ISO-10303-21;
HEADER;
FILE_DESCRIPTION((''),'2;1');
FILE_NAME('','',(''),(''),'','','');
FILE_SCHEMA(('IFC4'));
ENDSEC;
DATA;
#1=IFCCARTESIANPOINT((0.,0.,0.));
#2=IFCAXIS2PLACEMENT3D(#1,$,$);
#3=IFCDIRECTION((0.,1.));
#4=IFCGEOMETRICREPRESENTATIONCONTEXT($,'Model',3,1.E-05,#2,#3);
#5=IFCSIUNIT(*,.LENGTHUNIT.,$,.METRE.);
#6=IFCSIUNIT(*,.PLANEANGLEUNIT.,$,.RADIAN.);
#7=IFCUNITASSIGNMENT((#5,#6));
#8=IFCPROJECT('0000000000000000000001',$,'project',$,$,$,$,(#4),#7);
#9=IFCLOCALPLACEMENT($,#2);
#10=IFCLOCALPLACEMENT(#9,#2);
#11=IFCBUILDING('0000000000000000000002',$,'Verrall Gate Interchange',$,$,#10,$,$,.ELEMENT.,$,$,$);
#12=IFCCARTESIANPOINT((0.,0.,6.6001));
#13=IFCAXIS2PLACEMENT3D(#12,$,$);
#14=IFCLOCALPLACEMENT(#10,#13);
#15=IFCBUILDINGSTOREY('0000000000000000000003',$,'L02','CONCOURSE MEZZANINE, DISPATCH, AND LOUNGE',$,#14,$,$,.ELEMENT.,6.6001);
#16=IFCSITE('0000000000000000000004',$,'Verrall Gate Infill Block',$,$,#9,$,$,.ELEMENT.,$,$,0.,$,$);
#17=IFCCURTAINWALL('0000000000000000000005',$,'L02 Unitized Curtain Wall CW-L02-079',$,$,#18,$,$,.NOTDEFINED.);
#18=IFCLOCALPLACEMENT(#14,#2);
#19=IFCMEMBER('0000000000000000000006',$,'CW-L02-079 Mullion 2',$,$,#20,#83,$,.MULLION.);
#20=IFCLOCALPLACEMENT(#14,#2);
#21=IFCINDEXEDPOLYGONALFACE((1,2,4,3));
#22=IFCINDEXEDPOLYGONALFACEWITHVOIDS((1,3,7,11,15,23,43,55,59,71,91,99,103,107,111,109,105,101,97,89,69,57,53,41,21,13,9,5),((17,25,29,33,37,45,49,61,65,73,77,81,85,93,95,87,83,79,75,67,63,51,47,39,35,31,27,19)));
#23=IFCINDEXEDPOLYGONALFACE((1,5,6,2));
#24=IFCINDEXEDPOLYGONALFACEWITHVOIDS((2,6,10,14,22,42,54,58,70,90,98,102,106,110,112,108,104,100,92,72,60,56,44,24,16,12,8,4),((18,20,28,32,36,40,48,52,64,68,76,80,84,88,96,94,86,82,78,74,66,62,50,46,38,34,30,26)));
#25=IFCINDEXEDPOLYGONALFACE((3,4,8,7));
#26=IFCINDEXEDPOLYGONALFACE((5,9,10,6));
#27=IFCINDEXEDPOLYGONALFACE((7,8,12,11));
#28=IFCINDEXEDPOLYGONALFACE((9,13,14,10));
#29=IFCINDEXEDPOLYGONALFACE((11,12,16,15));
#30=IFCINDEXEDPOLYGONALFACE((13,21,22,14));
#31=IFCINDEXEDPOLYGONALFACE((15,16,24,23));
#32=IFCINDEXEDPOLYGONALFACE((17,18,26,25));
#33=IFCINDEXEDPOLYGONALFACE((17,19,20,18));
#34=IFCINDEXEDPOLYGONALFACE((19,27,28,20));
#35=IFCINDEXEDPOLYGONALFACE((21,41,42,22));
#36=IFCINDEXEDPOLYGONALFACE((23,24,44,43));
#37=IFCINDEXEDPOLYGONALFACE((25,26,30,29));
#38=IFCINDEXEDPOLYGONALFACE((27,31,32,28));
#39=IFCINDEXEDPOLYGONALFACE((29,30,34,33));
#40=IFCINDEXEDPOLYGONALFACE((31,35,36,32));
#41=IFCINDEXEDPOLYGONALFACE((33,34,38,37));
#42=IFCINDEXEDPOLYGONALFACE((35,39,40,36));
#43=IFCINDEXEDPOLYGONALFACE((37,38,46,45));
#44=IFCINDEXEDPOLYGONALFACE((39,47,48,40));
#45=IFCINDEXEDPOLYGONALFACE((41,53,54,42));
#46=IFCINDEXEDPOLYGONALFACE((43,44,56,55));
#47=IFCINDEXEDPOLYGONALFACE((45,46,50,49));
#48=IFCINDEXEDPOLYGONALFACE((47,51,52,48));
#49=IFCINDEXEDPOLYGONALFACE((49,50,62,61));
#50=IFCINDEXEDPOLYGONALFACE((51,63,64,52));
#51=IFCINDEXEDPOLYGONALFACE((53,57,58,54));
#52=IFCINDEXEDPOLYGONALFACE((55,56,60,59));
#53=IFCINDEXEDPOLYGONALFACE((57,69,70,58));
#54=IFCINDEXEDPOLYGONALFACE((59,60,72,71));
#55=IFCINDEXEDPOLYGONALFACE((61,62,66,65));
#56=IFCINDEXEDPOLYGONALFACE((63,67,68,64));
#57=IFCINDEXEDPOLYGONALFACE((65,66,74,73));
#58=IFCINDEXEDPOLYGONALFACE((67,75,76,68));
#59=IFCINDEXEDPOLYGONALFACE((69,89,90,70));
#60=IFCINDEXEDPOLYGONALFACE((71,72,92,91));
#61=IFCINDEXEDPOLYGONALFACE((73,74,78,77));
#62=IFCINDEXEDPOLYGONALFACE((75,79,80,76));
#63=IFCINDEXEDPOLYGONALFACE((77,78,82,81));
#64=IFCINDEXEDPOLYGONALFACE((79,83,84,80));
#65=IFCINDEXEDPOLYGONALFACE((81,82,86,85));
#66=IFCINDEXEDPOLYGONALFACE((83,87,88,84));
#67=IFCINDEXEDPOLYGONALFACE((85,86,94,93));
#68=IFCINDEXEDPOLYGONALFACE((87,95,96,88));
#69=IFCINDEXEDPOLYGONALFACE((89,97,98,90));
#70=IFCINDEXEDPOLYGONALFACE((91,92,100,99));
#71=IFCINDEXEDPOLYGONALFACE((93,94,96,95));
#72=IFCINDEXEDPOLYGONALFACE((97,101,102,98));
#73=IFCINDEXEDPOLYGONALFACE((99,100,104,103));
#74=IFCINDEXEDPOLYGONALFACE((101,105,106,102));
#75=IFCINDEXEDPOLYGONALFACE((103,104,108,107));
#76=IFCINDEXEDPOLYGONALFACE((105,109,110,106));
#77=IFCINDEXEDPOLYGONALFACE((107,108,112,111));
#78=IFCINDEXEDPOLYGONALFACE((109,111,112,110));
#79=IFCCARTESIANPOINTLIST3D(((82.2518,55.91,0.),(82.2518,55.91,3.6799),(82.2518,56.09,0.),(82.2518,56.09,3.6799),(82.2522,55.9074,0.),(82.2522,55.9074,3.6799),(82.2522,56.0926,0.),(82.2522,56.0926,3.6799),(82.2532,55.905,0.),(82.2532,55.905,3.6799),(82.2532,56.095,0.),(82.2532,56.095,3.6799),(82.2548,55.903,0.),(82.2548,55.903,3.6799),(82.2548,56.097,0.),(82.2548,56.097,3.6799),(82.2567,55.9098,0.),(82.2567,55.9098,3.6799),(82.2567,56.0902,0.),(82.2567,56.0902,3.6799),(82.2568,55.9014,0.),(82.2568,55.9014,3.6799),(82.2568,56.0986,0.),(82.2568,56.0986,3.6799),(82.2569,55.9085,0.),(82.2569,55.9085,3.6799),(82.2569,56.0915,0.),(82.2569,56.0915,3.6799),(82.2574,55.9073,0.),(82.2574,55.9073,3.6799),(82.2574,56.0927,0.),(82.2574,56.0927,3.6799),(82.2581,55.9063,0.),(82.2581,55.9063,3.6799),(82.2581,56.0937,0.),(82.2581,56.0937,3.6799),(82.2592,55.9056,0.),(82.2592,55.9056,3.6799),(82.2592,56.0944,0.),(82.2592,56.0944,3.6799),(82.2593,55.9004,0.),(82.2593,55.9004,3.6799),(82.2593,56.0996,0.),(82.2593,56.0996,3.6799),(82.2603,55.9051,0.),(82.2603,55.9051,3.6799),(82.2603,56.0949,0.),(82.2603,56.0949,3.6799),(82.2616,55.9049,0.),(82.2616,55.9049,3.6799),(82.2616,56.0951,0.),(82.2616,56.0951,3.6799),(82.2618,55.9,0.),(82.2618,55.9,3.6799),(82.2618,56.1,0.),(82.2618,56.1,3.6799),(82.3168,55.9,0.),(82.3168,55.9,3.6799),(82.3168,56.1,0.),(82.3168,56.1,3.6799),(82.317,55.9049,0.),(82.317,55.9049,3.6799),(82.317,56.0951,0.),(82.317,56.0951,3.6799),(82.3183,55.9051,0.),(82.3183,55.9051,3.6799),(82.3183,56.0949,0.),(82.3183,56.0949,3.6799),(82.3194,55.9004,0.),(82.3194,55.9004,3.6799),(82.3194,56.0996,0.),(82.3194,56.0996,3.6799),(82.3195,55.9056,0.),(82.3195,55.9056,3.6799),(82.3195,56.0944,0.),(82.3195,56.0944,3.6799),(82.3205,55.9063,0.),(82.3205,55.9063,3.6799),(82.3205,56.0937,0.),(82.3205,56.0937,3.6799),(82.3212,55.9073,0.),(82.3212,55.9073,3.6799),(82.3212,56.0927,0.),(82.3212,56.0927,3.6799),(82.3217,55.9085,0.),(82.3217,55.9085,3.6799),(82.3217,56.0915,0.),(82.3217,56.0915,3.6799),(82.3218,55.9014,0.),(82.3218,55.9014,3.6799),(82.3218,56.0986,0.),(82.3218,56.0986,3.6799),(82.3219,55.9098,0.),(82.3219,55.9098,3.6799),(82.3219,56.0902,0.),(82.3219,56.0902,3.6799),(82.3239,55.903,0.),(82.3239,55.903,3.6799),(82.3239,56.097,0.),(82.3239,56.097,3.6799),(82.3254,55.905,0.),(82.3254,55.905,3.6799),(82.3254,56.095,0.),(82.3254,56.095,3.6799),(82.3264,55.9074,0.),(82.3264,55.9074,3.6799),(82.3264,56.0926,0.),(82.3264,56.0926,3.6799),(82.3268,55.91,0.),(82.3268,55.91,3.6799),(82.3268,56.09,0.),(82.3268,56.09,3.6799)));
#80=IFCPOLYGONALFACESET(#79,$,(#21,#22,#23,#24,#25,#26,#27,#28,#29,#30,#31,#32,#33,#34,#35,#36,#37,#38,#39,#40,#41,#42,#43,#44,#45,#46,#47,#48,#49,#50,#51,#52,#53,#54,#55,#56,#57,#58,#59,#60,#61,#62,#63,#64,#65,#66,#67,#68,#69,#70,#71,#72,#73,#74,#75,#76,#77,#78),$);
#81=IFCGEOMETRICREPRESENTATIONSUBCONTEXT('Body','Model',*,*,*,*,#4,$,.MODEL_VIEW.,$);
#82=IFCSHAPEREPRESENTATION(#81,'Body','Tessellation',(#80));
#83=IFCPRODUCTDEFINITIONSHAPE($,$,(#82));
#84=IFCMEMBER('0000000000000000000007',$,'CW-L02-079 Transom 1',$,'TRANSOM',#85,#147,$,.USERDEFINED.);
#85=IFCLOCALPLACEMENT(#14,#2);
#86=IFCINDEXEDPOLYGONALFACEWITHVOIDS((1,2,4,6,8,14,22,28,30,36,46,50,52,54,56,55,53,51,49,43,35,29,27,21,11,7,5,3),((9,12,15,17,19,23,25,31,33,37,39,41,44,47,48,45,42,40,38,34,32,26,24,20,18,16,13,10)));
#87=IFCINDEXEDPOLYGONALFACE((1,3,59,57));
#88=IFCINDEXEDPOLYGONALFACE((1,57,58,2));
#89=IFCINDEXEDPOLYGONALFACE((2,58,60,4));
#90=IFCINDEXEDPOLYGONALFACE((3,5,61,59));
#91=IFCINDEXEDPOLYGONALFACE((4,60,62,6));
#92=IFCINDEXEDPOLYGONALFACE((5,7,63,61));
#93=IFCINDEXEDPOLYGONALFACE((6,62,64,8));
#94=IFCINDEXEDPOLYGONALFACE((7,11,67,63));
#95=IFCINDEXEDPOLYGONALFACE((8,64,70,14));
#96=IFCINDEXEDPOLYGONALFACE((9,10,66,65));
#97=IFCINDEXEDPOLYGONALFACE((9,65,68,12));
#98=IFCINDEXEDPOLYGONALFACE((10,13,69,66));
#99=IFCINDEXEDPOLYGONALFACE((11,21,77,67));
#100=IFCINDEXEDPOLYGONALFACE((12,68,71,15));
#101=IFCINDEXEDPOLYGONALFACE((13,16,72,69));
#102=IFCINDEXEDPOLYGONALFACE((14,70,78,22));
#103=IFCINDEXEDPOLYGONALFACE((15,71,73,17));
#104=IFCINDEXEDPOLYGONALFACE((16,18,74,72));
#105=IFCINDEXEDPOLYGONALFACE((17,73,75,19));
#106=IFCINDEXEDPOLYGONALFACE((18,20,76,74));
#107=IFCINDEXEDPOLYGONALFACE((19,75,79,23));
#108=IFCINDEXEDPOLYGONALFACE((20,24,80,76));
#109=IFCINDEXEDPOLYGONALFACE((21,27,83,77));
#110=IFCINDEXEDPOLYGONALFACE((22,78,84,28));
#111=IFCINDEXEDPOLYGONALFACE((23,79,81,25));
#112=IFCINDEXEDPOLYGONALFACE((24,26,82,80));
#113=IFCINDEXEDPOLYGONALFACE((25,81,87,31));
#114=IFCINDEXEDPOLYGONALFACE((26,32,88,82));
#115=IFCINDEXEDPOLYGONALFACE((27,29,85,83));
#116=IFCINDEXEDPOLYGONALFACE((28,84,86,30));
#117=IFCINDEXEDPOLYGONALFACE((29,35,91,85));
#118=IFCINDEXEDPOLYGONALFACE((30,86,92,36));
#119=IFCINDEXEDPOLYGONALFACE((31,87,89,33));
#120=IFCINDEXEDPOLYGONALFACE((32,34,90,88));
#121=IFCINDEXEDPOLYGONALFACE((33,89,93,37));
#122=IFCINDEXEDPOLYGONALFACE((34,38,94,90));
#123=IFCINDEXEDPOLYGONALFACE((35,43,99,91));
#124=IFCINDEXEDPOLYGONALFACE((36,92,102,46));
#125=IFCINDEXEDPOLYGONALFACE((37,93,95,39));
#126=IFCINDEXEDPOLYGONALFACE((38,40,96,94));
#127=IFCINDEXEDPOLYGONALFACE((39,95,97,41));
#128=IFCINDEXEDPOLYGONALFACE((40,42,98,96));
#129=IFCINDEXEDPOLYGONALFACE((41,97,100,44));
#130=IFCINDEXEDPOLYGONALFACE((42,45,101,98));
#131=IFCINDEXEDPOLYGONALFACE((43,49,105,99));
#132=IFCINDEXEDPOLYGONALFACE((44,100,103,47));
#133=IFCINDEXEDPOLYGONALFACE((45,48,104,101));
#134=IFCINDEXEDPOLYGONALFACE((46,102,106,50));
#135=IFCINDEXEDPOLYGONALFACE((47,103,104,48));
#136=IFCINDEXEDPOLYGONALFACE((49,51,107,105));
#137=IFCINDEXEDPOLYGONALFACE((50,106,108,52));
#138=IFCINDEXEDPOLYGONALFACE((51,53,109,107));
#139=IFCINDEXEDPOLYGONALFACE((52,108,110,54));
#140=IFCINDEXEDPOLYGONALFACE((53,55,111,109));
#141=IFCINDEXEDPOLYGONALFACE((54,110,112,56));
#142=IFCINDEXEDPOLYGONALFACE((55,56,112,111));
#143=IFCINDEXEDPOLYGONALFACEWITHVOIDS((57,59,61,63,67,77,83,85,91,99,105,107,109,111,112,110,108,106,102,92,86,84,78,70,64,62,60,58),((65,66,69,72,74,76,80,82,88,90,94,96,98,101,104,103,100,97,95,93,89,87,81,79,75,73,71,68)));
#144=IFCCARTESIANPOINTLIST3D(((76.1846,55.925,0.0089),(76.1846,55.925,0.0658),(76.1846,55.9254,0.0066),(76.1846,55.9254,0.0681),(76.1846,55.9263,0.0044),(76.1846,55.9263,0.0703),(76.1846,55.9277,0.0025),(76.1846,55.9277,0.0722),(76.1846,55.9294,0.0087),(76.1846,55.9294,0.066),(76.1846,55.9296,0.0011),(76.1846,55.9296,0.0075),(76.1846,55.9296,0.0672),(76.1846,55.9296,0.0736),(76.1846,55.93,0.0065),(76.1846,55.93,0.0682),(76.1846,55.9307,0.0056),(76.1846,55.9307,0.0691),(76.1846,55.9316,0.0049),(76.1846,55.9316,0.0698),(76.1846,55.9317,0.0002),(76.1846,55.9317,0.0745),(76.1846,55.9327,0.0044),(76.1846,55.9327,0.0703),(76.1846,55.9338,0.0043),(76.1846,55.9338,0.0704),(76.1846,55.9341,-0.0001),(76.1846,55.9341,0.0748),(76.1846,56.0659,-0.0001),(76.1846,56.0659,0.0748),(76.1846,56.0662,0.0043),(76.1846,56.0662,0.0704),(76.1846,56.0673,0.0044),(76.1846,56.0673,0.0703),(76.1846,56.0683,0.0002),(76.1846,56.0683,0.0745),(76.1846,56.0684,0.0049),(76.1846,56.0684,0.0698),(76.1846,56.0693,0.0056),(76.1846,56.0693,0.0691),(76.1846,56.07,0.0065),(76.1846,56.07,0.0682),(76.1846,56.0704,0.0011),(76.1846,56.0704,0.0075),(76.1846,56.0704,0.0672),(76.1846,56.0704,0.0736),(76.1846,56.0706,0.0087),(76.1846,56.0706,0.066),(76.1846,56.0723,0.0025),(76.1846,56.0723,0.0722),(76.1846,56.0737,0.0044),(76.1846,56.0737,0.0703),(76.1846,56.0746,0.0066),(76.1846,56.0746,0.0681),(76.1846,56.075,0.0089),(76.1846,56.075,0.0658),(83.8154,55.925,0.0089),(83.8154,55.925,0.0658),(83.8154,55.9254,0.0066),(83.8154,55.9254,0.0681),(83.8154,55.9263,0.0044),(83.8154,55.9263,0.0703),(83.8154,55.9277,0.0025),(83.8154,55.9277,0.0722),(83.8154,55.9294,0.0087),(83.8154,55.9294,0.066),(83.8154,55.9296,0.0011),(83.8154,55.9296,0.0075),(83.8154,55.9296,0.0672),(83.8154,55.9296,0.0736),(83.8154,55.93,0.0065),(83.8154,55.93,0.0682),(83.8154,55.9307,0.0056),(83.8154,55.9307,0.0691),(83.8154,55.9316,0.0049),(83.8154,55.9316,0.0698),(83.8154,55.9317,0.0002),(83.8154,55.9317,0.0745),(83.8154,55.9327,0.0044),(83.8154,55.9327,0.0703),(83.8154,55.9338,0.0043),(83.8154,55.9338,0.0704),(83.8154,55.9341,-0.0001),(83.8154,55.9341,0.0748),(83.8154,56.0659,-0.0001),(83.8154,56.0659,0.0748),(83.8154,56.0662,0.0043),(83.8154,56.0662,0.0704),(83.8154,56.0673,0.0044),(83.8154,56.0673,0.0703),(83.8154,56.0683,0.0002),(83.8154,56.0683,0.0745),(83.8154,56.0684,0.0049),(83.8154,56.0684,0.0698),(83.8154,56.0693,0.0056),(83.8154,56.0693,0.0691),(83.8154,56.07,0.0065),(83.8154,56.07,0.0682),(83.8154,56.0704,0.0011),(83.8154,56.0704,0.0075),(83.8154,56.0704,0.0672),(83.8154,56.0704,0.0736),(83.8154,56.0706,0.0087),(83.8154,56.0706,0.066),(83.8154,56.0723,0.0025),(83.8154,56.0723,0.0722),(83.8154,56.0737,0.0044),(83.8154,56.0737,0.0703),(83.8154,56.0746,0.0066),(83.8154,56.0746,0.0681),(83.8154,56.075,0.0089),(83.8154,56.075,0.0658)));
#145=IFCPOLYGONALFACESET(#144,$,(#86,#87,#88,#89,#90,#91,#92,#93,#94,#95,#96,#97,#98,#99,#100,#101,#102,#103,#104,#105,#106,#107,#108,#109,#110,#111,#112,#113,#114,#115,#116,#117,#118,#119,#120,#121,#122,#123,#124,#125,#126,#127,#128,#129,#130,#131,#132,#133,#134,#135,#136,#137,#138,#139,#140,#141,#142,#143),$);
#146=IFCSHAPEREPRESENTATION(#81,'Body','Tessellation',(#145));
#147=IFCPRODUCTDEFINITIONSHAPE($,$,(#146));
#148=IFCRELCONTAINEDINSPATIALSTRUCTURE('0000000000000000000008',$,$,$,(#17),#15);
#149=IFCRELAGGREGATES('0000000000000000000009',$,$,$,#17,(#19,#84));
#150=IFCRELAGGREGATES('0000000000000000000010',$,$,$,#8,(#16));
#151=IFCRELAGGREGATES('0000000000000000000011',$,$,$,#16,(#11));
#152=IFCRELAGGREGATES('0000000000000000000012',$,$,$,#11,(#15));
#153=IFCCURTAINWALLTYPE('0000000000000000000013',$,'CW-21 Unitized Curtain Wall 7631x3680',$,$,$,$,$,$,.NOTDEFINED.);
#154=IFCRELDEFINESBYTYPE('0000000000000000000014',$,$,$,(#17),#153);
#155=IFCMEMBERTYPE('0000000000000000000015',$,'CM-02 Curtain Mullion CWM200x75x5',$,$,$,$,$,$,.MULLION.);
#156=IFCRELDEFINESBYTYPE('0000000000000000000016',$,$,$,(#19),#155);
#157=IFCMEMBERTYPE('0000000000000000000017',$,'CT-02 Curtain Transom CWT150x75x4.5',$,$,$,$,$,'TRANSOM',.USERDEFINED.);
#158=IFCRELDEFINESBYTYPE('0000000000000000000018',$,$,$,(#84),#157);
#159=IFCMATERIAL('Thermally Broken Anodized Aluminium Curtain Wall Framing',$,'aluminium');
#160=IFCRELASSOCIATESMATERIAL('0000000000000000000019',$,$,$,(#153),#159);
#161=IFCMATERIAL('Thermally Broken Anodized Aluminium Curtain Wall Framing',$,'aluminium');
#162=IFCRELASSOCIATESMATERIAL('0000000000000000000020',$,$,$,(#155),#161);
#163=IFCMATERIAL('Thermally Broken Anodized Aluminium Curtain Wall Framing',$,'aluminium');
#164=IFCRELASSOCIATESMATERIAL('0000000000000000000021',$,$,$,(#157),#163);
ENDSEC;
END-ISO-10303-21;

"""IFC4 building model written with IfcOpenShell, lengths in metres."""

from ifc_helpers import new_model, si_unit, direction, frame, origin, origin_2d, place, context, subcontext, project, spatial, hollow_rectangle, extrude, material, material_profile, profile_set, type_object, element, aggregate, save


model = new_model("IFC4")

# Units and contexts
model_context = context("Model", 3, precision=1e-05, world=origin(), true_north=direction((0.0, 1.0)))
body_context = subcontext(model_context, "Body", "Model", "MODEL_VIEW")
ifc_project = project(units=[si_unit("LENGTHUNIT", "METRE"), si_unit("PLANEANGLEUNIT", "RADIAN")], contexts=[model_context])

# Site, building, storey
site_placement = place(None, origin())
site = spatial("IfcSite", under=ifc_project, at=site_placement, Name="Verrall Gate Infill Block", CompositionType="ELEMENT", RefElevation=0.0)
building_placement = place(site_placement, origin())
building = spatial("IfcBuilding", under=site, at=building_placement, Name="Verrall Gate Interchange", CompositionType="ELEMENT")
storey_placement = place(building_placement, frame((0.0, 0.0, 6.6001)))
storey = spatial("IfcBuildingStorey", under=building, at=storey_placement, Name="L02", Description="CONCOURSE MEZZANINE, DISPATCH, AND LOUNGE", CompositionType="ELEMENT", Elevation=6.6001)

# Curtain wall, members
ifc_material_1 = material(Name="Thermally Broken Anodized Aluminium Curtain Wall Framing", Category="aluminium")
curtain_wall_type = type_object("IfcCurtainWallType", Name="CW-21 Unitized Curtain Wall 7631x3680", PredefinedType="NOTDEFINED", material=ifc_material_1)
curtain_wall_1_placement = place(storey_placement, origin())
curtain_wall_1 = element("IfcCurtainWall", 1, at=curtain_wall_1_placement, inside=storey, type_object=curtain_wall_type, Name="L02 Unitized Curtain Wall CW-L02-079", PredefinedType="NOTDEFINED")
ifc_material_2 = material(Name="Thermally Broken Anodized Aluminium Curtain Wall Framing", Category="aluminium")
ifc_material_profile_1 = material_profile(ifc_material_2, hollow_rectangle(XDim=0.075, YDim=0.2, WallThickness=0.0049, InnerFilletRadius=0.0049, OuterFilletRadius=0.01, at=origin_2d()), Name="CWM200x75x5")
ifc_profile_set_1 = profile_set([ifc_material_profile_1], Name="Thermally Broken Anodized Aluminium Curtain Wall Framing")
member_type_1 = type_object("IfcMemberType", Name="CM-02 Curtain Mullion CWM200x75x5", PredefinedType="MULLION", material=ifc_profile_set_1)
member_1_placement = place(storey_placement, frame((82.2893, 56.0, 0.0), z_axis=(0.0, 0.0, 1.0), x_axis=(-1.0, 0.0, 0.0)))
member_1 = element("IfcMember", 2, at=member_1_placement, type_object=member_type_1, Name="CW-L02-079 Mullion 2", PredefinedType="MULLION", context=body_context, shape_type="SweptSolid", body=[
    extrude(hollow_rectangle(XDim=0.075, YDim=0.2, WallThickness=0.0049, InnerFilletRadius=0.0049, OuterFilletRadius=0.01, at=origin_2d()), origin(), (0.0, 0.0, 1.0), 3.6799),
])
ifc_material_3 = material(Name="Thermally Broken Anodized Aluminium Curtain Wall Framing", Category="aluminium")
ifc_material_profile_2 = material_profile(ifc_material_3, hollow_rectangle(XDim=0.1499, YDim=0.075, WallThickness=0.0044, InnerFilletRadius=0.0044, OuterFilletRadius=0.009, at=origin_2d()), Name="CWT150x75x4.5")
ifc_profile_set_2 = profile_set([ifc_material_profile_2], Name="Thermally Broken Anodized Aluminium Curtain Wall Framing")
member_type_2 = type_object("IfcMemberType", Name="CT-02 Curtain Transom CWT150x75x4.5", ElementType="TRANSOM", PredefinedType="USERDEFINED", material=ifc_profile_set_2)
member_2_placement = place(storey_placement, frame((83.8154, 56.0, 0.0374), z_axis=(-1.0, 0.0, 0.0), x_axis=(0.0, -1.0, 0.0)))
member_2 = element("IfcMember", 3, at=member_2_placement, type_object=member_type_2, Name="CW-L02-079 Transom 1", ObjectType="TRANSOM", PredefinedType="USERDEFINED", context=body_context, shape_type="SweptSolid", body=[
    extrude(hollow_rectangle(XDim=0.1499, YDim=0.075, WallThickness=0.0044, InnerFilletRadius=0.0044, OuterFilletRadius=0.009, at=origin_2d()), origin(), (0.0, 0.0, 1.0), 7.6309),
])

aggregate(curtain_wall_1, [member_1, member_2])

save(model, "model.ifc")
